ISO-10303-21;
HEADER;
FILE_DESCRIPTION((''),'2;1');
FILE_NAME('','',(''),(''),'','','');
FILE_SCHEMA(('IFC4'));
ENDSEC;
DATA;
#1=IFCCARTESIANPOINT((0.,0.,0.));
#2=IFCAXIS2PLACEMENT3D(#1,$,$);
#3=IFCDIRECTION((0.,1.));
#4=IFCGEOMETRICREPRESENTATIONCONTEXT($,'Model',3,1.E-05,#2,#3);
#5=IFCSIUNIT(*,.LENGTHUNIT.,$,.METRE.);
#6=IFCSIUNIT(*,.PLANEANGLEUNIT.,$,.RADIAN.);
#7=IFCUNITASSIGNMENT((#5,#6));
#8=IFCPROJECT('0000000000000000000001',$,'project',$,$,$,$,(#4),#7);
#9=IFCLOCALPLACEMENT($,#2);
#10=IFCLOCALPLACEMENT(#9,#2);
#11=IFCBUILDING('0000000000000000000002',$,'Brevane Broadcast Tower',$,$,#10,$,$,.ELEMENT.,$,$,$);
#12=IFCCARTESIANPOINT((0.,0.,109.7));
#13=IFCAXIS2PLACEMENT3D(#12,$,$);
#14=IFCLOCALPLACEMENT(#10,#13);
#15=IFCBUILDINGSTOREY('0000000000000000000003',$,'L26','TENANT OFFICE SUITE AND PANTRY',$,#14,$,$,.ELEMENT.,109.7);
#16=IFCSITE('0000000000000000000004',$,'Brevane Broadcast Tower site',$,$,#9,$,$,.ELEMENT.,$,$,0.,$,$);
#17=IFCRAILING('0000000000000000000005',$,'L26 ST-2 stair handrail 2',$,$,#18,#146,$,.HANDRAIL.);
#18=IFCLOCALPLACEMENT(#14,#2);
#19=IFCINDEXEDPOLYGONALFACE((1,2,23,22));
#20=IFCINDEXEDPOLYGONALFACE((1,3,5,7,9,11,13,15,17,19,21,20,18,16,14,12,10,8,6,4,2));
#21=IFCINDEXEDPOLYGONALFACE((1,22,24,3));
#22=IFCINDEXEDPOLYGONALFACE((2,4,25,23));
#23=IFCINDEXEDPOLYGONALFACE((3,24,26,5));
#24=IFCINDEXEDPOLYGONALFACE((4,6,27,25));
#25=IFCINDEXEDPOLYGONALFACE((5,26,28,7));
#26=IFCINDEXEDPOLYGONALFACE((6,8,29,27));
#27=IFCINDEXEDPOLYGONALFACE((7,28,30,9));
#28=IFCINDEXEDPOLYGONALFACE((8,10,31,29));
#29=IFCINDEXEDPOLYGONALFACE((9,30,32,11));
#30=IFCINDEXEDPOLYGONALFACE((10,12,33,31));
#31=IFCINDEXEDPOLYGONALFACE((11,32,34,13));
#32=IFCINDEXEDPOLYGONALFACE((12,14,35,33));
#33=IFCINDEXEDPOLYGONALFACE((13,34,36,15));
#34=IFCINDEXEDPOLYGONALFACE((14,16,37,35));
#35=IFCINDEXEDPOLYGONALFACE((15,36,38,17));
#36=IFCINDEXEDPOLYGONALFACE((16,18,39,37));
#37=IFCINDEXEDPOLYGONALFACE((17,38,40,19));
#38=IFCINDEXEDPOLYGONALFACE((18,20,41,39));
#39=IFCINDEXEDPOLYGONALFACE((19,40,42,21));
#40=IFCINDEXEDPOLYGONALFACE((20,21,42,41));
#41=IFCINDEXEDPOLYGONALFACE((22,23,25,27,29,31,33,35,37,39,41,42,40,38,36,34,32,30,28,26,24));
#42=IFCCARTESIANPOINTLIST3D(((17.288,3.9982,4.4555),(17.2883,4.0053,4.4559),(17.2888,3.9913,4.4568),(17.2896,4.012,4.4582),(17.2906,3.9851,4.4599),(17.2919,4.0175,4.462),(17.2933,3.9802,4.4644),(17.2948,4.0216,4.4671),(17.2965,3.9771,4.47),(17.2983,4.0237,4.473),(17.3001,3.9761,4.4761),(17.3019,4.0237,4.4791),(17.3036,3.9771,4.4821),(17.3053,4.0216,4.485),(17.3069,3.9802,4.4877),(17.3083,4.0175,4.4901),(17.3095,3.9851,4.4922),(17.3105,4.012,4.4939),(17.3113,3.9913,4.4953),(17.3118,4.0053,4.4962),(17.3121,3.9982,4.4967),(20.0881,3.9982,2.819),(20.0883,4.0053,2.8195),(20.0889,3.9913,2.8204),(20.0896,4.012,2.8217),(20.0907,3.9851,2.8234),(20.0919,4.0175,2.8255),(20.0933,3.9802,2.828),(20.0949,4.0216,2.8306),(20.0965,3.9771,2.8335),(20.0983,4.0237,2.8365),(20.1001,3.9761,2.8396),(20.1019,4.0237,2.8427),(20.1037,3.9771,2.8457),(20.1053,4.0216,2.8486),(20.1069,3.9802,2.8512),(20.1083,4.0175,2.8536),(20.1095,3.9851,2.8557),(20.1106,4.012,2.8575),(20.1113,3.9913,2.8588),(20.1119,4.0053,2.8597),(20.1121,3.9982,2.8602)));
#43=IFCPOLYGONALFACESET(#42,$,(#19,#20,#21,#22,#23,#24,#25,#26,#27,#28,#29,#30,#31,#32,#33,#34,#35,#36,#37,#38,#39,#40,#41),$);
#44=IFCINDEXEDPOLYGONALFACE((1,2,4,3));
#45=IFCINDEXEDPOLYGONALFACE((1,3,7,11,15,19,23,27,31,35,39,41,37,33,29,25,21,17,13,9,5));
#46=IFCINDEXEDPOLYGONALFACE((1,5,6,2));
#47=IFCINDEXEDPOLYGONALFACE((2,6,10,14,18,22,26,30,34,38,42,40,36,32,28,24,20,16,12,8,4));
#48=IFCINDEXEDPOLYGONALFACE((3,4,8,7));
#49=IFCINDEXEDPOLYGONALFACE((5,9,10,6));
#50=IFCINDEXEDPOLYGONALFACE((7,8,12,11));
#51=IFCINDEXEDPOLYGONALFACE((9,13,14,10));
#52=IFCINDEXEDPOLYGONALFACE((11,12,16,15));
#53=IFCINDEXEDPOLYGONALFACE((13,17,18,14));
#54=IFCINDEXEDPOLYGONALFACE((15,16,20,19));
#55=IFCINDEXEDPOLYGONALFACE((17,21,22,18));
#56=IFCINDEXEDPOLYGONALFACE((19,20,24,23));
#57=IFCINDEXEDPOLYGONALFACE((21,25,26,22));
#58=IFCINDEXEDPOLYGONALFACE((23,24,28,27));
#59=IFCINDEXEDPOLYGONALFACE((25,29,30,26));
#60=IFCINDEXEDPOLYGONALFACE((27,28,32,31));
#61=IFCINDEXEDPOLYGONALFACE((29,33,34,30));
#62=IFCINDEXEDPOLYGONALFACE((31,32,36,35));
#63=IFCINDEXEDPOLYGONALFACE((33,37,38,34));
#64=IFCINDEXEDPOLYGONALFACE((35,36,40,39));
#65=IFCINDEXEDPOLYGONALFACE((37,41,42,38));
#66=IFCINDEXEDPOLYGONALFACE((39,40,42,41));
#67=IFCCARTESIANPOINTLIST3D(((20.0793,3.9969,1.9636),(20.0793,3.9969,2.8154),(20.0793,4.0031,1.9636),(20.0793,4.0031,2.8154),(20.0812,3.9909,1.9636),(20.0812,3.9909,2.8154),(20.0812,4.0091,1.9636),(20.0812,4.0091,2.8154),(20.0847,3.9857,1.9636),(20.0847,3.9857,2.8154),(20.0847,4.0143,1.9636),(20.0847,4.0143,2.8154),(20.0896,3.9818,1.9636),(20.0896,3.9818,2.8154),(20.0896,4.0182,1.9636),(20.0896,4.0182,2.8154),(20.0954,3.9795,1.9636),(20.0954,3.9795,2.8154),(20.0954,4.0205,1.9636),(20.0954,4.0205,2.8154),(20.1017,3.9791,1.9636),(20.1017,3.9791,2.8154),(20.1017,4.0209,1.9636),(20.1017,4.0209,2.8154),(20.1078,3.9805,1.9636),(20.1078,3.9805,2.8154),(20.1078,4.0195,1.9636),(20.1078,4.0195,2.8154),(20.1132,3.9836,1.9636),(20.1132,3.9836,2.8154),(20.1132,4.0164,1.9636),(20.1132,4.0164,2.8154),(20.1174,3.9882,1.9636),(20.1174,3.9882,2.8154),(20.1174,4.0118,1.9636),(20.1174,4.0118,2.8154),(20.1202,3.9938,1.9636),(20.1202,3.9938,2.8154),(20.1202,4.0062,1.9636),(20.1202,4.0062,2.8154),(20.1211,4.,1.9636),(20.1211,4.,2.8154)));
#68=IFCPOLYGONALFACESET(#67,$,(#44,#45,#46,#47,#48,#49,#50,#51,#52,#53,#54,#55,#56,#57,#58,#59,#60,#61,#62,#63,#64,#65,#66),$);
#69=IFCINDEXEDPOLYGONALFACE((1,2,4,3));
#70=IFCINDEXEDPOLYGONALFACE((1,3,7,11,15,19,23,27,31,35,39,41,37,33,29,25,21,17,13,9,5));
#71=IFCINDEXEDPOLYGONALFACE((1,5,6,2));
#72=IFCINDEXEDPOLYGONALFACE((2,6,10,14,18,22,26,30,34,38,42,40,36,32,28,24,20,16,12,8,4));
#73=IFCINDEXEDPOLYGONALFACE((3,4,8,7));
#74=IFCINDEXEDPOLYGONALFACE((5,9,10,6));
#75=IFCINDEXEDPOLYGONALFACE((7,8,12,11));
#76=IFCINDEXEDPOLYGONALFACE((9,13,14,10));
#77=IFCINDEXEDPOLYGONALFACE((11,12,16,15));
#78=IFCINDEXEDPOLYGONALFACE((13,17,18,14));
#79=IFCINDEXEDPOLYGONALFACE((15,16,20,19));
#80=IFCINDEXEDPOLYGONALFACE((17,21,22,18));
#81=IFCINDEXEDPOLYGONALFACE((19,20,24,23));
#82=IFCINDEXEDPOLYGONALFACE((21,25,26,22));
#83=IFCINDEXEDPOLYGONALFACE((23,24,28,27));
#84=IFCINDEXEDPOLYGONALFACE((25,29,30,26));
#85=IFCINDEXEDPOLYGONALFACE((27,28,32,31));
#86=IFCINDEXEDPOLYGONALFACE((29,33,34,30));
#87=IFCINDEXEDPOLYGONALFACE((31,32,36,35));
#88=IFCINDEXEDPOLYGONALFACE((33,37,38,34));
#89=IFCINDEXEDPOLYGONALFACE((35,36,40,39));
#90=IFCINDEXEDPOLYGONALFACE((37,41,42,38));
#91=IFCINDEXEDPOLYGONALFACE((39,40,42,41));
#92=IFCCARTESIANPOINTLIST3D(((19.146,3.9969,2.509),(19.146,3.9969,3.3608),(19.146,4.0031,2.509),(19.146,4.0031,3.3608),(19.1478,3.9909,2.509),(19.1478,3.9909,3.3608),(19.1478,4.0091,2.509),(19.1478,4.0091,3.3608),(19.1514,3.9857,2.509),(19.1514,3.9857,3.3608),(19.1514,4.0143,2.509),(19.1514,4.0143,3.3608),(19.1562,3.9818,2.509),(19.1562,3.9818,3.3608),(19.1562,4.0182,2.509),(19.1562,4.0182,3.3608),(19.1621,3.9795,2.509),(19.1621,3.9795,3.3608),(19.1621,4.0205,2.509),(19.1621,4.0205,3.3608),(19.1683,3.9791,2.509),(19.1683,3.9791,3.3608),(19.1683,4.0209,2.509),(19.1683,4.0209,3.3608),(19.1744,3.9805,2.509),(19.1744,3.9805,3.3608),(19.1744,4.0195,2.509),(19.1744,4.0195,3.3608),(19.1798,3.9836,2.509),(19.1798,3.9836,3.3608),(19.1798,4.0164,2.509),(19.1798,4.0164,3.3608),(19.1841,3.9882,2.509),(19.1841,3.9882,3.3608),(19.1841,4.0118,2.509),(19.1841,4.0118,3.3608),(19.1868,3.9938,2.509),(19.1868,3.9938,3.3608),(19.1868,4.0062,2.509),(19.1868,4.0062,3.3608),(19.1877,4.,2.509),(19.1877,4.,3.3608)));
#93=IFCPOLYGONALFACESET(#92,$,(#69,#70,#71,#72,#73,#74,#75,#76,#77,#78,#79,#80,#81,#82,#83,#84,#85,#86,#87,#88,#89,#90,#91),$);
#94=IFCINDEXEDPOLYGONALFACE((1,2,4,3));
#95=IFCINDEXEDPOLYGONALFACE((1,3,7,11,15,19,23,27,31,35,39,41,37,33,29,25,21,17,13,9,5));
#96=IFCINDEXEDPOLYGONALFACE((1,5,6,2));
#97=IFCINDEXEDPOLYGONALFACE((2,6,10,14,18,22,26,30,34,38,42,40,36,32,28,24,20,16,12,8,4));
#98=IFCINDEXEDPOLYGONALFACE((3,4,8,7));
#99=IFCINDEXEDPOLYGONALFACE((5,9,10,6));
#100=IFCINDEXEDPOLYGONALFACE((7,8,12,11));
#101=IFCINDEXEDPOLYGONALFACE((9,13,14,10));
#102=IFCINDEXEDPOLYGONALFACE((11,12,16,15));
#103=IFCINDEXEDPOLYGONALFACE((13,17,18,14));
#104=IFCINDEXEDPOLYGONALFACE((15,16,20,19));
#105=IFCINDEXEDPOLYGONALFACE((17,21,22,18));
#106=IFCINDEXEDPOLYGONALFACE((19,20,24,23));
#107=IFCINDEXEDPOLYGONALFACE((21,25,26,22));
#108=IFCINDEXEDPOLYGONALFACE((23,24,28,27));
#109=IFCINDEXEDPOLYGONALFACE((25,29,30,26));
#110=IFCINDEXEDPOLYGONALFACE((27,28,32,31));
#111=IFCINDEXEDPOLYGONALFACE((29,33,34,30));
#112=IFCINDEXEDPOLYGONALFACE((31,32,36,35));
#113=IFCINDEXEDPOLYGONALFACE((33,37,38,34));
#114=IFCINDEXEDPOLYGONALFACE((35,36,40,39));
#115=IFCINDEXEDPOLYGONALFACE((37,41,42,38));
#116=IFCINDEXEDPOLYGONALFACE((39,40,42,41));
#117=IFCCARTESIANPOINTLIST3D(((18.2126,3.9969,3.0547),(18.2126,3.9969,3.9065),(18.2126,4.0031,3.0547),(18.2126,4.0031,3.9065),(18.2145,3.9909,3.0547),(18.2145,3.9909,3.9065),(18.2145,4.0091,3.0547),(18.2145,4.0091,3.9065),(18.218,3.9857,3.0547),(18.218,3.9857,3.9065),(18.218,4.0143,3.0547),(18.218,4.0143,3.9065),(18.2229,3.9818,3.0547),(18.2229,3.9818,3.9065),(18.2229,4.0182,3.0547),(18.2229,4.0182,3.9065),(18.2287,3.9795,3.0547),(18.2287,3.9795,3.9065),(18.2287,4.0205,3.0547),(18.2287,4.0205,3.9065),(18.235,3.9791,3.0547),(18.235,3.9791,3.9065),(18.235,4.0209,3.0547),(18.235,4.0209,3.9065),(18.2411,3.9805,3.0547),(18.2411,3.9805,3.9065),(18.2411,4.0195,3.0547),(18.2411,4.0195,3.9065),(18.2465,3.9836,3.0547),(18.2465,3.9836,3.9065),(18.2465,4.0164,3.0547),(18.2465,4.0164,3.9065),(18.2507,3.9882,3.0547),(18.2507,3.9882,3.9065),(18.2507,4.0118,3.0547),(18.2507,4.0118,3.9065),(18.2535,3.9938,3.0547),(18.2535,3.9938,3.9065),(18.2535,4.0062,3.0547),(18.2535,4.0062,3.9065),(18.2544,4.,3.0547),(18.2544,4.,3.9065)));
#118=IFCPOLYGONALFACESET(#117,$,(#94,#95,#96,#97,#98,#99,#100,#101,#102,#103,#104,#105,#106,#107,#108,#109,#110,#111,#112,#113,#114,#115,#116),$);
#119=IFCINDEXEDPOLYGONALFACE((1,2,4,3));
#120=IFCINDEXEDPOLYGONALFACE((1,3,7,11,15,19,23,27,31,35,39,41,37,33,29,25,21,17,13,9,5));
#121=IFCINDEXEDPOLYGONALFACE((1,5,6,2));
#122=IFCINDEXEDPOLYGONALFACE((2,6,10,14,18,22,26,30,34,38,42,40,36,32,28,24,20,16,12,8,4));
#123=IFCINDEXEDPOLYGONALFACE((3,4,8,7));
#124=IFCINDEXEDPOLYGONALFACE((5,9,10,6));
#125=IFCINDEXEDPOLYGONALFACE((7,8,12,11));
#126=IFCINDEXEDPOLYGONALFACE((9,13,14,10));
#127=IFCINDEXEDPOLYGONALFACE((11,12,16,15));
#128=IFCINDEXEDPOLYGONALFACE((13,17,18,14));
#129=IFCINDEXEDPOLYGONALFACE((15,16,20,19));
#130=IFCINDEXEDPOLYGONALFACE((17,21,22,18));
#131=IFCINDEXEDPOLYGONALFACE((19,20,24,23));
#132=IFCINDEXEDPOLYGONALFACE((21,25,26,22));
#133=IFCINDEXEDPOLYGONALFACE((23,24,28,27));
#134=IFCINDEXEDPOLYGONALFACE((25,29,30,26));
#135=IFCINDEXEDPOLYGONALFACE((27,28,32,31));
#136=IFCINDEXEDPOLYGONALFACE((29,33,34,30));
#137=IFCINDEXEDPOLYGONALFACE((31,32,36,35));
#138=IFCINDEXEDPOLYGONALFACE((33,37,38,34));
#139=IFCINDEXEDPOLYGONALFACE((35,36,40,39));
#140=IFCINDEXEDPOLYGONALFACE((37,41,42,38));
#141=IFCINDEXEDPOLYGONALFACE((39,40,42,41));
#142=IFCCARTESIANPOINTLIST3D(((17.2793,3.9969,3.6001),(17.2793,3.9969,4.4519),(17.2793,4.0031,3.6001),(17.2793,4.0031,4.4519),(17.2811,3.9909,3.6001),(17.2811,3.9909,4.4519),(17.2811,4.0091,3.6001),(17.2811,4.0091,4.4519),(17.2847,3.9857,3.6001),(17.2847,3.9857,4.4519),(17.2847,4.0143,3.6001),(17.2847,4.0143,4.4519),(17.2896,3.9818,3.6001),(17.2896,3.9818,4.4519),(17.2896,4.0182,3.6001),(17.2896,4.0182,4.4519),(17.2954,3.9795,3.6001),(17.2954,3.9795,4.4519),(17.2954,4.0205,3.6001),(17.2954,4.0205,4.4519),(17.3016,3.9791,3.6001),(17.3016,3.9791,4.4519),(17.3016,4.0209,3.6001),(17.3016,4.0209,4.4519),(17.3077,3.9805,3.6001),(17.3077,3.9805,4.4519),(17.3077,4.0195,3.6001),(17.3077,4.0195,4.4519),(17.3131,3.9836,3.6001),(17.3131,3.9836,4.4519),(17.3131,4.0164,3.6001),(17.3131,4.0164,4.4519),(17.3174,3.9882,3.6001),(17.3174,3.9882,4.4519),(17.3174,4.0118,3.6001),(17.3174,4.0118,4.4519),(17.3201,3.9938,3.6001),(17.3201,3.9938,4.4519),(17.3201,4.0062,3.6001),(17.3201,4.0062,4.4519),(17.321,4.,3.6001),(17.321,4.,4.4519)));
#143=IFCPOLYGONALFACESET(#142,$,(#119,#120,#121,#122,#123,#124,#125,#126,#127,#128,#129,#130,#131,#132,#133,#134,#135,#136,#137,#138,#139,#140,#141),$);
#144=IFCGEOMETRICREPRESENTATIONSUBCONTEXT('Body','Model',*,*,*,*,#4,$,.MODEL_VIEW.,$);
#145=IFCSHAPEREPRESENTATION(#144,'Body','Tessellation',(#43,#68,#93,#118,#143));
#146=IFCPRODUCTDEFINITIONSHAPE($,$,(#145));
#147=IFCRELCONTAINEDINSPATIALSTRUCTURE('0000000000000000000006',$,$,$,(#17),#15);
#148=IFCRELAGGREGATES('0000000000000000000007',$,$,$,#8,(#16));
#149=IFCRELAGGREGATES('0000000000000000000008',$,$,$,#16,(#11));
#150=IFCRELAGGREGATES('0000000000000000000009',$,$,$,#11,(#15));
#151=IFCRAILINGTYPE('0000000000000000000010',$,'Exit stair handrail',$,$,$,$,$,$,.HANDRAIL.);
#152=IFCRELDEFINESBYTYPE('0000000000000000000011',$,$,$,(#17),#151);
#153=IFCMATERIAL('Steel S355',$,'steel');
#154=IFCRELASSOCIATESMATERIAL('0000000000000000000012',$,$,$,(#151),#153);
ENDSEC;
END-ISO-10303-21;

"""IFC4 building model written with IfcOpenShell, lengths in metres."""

from ifc_helpers import new_model, si_unit, direction, frame, origin, origin_2d, place, context, subcontext, project, spatial, circle, extrude, material, type_object, element, save


model = new_model("IFC4")

# Units and contexts
model_context = context("Model", 3, precision=1e-05, world=origin(), true_north=direction((0.0, 1.0)))
body_context = subcontext(model_context, "Body", "Model", "MODEL_VIEW")
ifc_project = project(units=[si_unit("LENGTHUNIT", "METRE"), si_unit("PLANEANGLEUNIT", "RADIAN")], contexts=[model_context])

# Site, building, storey
site_placement = place(None, origin())
site = spatial("IfcSite", under=ifc_project, at=site_placement, Name="Brevane Broadcast Tower site", CompositionType="ELEMENT", RefElevation=0.0)
building_placement = place(site_placement, origin())
building = spatial("IfcBuilding", under=site, at=building_placement, Name="Brevane Broadcast Tower", CompositionType="ELEMENT")
storey_placement = place(building_placement, frame((0.0, 0.0, 109.7)))
storey = spatial("IfcBuildingStorey", under=building, at=storey_placement, Name="L26", Description="TENANT OFFICE SUITE AND PANTRY", CompositionType="ELEMENT", Elevation=109.7)

# Railing
ifc_material_1 = material(Name="Steel S355", Category="steel")
railing_type_1 = type_object("IfcRailingType", Name="Exit stair handrail", PredefinedType="HANDRAIL", material=ifc_material_1)
railing_1_placement = place(storey_placement, frame((20.1001, 4.0, 1.9636)))
element("IfcRailing", 1, at=railing_1_placement, inside=storey, type_object=railing_type_1, Name="L26 ST-2 stair handrail 2", PredefinedType="HANDRAIL", context=body_context, shape_type="SweptSolid", body=[
    extrude(circle(Radius=0.0239, at=origin_2d()), frame((0.0, 0.0, 0.876), z_axis=(-0.863361, 0.0, 0.504587), x_axis=(0.0, -1.0, 0.0)), (0.0, 0.0, 1.0), 3.2432),
    extrude(circle(Radius=0.021, at=origin_2d()), origin(), (0.0, 0.0, 1.0), 0.8518),
    extrude(circle(Radius=0.021, at=origin_2d()), frame((-0.9333, 0.0, 0.5454)), (0.0, 0.0, 1.0), 0.8518),
    extrude(circle(Radius=0.021, at=origin_2d()), frame((-1.8667, 0.0, 1.0911)), (0.0, 0.0, 1.0), 0.8518),
    extrude(circle(Radius=0.021, at=origin_2d()), frame((-2.8, 0.0, 1.6365)), (0.0, 0.0, 1.0), 0.8518),
])

save(model, "model.ifc")
